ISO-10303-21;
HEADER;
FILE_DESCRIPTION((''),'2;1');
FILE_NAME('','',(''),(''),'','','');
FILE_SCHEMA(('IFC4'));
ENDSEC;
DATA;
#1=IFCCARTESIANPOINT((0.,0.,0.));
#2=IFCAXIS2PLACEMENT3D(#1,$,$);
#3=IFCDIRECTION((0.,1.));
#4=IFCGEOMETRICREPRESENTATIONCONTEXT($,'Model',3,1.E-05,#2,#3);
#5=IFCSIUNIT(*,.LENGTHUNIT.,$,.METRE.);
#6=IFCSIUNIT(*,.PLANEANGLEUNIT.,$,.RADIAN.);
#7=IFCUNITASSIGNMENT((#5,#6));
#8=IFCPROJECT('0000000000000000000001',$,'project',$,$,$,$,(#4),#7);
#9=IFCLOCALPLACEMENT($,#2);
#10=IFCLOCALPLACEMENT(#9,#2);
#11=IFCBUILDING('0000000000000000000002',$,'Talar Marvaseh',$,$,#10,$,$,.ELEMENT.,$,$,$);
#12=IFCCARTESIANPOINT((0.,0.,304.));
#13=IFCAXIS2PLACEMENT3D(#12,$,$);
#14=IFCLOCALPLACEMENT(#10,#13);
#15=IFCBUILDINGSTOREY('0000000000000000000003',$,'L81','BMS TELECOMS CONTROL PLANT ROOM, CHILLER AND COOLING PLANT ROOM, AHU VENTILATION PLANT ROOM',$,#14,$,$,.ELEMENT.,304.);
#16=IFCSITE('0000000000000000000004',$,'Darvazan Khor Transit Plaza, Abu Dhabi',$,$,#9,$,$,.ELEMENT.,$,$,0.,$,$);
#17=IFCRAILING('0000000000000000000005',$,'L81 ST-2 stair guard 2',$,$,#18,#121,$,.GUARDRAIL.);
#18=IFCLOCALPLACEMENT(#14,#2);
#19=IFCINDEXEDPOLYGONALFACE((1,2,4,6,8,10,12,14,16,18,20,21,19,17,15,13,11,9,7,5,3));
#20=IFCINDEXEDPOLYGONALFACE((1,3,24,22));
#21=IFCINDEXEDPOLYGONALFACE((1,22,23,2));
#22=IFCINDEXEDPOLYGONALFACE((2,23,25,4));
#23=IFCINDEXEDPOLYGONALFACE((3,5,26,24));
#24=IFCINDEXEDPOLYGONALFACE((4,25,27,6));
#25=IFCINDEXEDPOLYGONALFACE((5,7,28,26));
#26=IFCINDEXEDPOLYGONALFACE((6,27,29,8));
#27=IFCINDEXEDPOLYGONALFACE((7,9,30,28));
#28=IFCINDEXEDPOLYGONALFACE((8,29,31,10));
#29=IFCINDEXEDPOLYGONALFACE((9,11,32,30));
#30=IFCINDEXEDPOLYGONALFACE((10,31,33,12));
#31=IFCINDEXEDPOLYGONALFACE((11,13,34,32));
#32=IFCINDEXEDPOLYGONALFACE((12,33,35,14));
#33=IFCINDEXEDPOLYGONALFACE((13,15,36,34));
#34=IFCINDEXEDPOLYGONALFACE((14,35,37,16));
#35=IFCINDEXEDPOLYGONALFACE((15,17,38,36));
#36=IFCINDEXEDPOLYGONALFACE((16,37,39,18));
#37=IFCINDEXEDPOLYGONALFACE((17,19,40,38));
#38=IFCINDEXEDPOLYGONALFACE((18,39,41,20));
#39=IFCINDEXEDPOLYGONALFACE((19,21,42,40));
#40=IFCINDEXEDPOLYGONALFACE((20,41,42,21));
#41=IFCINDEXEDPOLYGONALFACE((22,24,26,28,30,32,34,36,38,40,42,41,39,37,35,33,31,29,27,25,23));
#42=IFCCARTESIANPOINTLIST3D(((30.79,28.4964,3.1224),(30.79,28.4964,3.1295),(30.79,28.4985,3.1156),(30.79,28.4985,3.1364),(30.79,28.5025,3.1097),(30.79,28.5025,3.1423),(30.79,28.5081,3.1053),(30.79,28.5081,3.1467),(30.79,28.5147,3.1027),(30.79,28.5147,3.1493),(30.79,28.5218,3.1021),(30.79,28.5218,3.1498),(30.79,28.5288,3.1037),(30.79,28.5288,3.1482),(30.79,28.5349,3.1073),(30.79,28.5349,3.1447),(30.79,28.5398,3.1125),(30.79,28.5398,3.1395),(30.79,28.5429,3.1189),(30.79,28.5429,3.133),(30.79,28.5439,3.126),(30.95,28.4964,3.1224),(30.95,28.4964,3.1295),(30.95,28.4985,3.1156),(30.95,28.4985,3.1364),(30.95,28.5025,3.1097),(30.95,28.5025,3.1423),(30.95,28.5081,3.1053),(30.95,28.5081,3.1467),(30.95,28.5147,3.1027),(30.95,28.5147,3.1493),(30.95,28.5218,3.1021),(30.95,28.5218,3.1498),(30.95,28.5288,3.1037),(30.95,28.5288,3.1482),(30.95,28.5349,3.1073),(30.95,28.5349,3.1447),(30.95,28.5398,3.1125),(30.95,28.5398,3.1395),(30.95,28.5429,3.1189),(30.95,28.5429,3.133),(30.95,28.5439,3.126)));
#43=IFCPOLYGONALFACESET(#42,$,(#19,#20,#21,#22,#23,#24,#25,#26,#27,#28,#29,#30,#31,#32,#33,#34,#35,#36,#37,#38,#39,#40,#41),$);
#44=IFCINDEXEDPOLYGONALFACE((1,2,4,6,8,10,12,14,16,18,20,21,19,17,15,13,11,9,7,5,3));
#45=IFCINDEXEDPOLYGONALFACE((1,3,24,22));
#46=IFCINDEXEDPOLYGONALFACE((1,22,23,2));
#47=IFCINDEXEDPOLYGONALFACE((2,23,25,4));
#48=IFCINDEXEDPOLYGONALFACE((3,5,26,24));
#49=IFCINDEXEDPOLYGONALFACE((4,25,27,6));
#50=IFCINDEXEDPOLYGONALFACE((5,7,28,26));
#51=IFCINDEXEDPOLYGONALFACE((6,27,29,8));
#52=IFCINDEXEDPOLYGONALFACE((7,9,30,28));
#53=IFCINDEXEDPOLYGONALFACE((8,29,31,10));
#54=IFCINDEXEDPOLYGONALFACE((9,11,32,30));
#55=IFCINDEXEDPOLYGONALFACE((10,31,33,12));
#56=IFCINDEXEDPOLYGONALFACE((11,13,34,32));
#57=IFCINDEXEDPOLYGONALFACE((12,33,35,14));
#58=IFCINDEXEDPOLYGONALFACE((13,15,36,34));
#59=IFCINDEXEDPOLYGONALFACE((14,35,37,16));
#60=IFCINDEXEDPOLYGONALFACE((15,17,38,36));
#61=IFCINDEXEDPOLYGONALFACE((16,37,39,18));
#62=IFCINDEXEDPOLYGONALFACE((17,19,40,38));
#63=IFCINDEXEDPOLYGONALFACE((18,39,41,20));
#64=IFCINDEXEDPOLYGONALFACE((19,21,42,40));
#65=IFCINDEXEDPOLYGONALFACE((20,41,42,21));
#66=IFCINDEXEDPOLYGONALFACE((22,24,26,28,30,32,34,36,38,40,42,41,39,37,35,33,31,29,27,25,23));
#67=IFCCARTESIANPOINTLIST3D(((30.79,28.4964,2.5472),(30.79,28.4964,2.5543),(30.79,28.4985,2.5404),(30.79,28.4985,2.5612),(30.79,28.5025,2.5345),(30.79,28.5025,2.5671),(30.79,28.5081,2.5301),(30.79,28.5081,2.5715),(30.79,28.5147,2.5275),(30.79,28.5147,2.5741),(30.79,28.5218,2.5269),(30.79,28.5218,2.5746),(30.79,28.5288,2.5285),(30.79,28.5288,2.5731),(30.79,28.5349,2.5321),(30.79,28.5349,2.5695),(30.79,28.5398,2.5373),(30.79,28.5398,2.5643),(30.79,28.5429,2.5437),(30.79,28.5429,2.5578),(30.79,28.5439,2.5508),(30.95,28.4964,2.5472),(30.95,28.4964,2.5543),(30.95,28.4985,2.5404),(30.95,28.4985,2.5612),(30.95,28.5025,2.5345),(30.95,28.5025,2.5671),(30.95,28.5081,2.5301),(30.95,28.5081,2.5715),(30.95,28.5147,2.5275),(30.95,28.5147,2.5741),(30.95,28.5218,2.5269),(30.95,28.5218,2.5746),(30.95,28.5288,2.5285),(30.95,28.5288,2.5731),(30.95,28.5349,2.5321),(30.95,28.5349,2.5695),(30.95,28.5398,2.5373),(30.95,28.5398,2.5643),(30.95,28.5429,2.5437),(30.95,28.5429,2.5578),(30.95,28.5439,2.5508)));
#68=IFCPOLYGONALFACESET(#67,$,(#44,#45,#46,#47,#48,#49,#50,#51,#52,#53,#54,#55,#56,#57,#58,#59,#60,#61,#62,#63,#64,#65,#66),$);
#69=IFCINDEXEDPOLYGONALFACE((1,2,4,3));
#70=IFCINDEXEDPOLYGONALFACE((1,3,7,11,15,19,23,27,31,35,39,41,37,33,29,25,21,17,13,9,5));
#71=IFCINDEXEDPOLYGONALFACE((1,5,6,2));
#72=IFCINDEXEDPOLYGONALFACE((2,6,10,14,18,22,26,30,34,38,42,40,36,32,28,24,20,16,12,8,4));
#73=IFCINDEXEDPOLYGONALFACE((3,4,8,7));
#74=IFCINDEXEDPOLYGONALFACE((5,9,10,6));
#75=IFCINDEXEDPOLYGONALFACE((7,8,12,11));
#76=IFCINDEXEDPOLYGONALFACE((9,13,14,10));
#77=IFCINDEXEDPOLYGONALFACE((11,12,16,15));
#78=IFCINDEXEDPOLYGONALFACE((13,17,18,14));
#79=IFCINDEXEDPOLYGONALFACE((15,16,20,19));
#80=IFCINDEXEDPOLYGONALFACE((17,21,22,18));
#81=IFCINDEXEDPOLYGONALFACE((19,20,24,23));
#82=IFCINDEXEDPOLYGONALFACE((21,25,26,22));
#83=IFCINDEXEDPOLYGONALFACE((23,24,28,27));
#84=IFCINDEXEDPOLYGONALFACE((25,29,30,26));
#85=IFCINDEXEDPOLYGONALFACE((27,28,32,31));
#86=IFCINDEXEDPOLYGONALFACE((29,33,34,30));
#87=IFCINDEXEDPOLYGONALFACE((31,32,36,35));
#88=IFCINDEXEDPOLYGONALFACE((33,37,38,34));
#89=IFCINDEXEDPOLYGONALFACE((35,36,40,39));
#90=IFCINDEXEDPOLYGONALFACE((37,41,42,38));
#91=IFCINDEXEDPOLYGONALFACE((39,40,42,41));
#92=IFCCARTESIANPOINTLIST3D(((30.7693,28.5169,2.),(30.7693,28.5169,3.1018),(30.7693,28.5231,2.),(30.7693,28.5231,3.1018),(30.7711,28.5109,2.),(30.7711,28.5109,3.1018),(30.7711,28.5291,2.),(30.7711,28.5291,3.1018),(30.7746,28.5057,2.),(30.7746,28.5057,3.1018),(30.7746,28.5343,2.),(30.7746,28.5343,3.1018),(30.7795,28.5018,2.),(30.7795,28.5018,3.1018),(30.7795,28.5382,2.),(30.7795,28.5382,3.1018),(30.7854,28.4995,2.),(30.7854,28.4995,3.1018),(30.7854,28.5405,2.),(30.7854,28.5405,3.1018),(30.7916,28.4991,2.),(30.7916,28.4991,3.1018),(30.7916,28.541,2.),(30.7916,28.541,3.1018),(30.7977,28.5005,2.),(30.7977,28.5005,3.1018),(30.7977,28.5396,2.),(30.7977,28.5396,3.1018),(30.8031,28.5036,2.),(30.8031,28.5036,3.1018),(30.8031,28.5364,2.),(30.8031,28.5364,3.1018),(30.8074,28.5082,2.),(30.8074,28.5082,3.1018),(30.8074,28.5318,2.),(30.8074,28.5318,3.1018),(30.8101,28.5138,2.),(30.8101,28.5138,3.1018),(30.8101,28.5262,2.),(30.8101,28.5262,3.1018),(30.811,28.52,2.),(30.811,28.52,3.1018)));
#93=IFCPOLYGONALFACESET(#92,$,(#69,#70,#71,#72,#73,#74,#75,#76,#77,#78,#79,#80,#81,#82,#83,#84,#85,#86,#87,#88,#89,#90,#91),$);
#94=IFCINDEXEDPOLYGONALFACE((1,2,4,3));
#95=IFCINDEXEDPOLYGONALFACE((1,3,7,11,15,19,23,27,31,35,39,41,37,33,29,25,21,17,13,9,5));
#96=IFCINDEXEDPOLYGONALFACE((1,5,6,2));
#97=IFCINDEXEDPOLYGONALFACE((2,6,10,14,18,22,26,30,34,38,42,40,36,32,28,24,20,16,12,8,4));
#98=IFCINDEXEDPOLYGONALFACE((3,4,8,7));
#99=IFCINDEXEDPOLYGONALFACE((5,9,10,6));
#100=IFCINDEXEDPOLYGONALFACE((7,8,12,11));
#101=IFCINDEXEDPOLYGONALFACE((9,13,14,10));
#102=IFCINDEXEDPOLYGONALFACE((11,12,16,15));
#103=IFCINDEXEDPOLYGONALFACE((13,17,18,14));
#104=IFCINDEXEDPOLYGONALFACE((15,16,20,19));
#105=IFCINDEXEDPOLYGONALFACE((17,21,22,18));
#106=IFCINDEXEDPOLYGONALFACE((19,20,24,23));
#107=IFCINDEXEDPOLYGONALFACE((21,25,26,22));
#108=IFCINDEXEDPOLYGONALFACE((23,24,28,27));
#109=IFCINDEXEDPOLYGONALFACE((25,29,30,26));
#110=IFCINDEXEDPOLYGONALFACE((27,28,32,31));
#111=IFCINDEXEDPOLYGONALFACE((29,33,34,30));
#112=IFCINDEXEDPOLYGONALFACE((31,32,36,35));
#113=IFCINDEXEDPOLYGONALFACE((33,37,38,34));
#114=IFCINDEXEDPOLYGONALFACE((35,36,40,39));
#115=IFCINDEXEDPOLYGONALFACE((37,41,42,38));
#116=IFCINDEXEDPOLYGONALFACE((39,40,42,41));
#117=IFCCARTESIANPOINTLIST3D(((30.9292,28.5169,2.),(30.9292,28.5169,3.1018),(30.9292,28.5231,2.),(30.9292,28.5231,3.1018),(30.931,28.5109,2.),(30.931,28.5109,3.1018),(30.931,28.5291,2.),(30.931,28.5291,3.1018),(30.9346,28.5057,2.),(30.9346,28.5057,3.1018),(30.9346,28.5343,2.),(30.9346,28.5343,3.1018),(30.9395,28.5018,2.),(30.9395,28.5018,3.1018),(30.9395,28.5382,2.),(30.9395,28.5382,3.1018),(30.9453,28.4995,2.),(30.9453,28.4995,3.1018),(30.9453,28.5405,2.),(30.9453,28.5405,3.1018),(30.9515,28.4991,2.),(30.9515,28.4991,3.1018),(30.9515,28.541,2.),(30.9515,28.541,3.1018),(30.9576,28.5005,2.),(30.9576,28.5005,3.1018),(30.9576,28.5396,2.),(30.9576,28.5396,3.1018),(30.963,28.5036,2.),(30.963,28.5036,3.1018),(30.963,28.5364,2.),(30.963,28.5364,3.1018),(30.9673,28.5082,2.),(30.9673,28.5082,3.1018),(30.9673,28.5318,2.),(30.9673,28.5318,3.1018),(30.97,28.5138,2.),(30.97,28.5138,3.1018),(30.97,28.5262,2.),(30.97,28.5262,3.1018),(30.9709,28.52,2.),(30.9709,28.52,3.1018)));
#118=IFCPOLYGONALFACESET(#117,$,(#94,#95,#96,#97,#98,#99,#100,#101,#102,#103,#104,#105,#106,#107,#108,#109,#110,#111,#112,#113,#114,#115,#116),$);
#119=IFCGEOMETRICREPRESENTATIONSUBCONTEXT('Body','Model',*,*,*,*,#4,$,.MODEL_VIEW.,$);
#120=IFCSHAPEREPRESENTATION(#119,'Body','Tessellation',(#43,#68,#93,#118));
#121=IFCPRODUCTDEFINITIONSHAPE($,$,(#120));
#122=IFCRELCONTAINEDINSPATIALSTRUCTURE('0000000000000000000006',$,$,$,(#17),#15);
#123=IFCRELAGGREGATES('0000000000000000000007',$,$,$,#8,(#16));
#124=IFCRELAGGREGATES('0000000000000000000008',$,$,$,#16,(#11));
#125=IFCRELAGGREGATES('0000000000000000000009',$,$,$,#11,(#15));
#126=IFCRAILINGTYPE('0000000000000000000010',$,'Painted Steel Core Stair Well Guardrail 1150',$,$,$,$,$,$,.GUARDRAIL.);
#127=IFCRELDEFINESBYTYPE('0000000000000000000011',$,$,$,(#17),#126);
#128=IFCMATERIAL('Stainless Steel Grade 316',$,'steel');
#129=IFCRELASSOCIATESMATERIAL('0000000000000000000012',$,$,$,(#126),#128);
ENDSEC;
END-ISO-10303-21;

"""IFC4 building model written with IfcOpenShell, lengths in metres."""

from ifc_helpers import new_model, si_unit, direction, frame, origin, origin_2d, place, context, subcontext, project, spatial, circle, extrude, material, type_object, element, save


model = new_model("IFC4")

# Units and contexts
model_context = context("Model", 3, precision=1e-05, world=origin(), true_north=direction((0.0, 1.0)))
body_context = subcontext(model_context, "Body", "Model", "MODEL_VIEW")
ifc_project = project(units=[si_unit("LENGTHUNIT", "METRE"), si_unit("PLANEANGLEUNIT", "RADIAN")], contexts=[model_context])

# Site, building, storey
site_placement = place(None, origin())
site = spatial("IfcSite", under=ifc_project, at=site_placement, Name="Darvazan Khor Transit Plaza, Abu Dhabi", CompositionType="ELEMENT", RefElevation=0.0)
building_placement = place(site_placement, origin())
building = spatial("IfcBuilding", under=site, at=building_placement, Name="Talar Marvaseh", CompositionType="ELEMENT")
storey_placement = place(building_placement, frame((0.0, 0.0, 304.0)))
storey = spatial("IfcBuildingStorey", under=building, at=storey_placement, Name="L81", Description="BMS TELECOMS CONTROL PLANT ROOM, CHILLER AND COOLING PLANT ROOM, AHU VENTILATION PLANT ROOM", CompositionType="ELEMENT", Elevation=304.0)

# Railing
ifc_material_1 = material(Name="Stainless Steel Grade 316", Category="steel")
railing_type_1 = type_object("IfcRailingType", Name="Painted Steel Core Stair Well Guardrail 1150", PredefinedType="GUARDRAIL", material=ifc_material_1)
railing_1_placement = place(storey_placement, frame((30.79, 28.52, 2.0)))
element("IfcRailing", 1, at=railing_1_placement, inside=storey, type_object=railing_type_1, Name="L81 ST-2 stair guard 2", PredefinedType="GUARDRAIL", context=body_context, shape_type="SweptSolid", body=[
    extrude(circle(Radius=0.0239, at=origin_2d()), frame((0.0, 0.0, 1.126), z_axis=(1.0, 0.0, 0.0), x_axis=(0.0, 1.0, 0.0)), (0.0, 0.0, 1.0), 0.1599),
    extrude(circle(Radius=0.0239, at=origin_2d()), frame((0.0, 0.0, 0.5508), z_axis=(1.0, 0.0, 0.0), x_axis=(0.0, 1.0, 0.0)), (0.0, 0.0, 1.0), 0.1599),
    extrude(circle(Radius=0.021, at=origin_2d()), origin(), (0.0, 0.0, 1.0), 1.1018),
    extrude(circle(Radius=0.021, at=origin_2d()), frame((0.1599, 0.0, 0.0)), (0.0, 0.0, 1.0), 1.1018),
])

save(model, "model.ifc")
